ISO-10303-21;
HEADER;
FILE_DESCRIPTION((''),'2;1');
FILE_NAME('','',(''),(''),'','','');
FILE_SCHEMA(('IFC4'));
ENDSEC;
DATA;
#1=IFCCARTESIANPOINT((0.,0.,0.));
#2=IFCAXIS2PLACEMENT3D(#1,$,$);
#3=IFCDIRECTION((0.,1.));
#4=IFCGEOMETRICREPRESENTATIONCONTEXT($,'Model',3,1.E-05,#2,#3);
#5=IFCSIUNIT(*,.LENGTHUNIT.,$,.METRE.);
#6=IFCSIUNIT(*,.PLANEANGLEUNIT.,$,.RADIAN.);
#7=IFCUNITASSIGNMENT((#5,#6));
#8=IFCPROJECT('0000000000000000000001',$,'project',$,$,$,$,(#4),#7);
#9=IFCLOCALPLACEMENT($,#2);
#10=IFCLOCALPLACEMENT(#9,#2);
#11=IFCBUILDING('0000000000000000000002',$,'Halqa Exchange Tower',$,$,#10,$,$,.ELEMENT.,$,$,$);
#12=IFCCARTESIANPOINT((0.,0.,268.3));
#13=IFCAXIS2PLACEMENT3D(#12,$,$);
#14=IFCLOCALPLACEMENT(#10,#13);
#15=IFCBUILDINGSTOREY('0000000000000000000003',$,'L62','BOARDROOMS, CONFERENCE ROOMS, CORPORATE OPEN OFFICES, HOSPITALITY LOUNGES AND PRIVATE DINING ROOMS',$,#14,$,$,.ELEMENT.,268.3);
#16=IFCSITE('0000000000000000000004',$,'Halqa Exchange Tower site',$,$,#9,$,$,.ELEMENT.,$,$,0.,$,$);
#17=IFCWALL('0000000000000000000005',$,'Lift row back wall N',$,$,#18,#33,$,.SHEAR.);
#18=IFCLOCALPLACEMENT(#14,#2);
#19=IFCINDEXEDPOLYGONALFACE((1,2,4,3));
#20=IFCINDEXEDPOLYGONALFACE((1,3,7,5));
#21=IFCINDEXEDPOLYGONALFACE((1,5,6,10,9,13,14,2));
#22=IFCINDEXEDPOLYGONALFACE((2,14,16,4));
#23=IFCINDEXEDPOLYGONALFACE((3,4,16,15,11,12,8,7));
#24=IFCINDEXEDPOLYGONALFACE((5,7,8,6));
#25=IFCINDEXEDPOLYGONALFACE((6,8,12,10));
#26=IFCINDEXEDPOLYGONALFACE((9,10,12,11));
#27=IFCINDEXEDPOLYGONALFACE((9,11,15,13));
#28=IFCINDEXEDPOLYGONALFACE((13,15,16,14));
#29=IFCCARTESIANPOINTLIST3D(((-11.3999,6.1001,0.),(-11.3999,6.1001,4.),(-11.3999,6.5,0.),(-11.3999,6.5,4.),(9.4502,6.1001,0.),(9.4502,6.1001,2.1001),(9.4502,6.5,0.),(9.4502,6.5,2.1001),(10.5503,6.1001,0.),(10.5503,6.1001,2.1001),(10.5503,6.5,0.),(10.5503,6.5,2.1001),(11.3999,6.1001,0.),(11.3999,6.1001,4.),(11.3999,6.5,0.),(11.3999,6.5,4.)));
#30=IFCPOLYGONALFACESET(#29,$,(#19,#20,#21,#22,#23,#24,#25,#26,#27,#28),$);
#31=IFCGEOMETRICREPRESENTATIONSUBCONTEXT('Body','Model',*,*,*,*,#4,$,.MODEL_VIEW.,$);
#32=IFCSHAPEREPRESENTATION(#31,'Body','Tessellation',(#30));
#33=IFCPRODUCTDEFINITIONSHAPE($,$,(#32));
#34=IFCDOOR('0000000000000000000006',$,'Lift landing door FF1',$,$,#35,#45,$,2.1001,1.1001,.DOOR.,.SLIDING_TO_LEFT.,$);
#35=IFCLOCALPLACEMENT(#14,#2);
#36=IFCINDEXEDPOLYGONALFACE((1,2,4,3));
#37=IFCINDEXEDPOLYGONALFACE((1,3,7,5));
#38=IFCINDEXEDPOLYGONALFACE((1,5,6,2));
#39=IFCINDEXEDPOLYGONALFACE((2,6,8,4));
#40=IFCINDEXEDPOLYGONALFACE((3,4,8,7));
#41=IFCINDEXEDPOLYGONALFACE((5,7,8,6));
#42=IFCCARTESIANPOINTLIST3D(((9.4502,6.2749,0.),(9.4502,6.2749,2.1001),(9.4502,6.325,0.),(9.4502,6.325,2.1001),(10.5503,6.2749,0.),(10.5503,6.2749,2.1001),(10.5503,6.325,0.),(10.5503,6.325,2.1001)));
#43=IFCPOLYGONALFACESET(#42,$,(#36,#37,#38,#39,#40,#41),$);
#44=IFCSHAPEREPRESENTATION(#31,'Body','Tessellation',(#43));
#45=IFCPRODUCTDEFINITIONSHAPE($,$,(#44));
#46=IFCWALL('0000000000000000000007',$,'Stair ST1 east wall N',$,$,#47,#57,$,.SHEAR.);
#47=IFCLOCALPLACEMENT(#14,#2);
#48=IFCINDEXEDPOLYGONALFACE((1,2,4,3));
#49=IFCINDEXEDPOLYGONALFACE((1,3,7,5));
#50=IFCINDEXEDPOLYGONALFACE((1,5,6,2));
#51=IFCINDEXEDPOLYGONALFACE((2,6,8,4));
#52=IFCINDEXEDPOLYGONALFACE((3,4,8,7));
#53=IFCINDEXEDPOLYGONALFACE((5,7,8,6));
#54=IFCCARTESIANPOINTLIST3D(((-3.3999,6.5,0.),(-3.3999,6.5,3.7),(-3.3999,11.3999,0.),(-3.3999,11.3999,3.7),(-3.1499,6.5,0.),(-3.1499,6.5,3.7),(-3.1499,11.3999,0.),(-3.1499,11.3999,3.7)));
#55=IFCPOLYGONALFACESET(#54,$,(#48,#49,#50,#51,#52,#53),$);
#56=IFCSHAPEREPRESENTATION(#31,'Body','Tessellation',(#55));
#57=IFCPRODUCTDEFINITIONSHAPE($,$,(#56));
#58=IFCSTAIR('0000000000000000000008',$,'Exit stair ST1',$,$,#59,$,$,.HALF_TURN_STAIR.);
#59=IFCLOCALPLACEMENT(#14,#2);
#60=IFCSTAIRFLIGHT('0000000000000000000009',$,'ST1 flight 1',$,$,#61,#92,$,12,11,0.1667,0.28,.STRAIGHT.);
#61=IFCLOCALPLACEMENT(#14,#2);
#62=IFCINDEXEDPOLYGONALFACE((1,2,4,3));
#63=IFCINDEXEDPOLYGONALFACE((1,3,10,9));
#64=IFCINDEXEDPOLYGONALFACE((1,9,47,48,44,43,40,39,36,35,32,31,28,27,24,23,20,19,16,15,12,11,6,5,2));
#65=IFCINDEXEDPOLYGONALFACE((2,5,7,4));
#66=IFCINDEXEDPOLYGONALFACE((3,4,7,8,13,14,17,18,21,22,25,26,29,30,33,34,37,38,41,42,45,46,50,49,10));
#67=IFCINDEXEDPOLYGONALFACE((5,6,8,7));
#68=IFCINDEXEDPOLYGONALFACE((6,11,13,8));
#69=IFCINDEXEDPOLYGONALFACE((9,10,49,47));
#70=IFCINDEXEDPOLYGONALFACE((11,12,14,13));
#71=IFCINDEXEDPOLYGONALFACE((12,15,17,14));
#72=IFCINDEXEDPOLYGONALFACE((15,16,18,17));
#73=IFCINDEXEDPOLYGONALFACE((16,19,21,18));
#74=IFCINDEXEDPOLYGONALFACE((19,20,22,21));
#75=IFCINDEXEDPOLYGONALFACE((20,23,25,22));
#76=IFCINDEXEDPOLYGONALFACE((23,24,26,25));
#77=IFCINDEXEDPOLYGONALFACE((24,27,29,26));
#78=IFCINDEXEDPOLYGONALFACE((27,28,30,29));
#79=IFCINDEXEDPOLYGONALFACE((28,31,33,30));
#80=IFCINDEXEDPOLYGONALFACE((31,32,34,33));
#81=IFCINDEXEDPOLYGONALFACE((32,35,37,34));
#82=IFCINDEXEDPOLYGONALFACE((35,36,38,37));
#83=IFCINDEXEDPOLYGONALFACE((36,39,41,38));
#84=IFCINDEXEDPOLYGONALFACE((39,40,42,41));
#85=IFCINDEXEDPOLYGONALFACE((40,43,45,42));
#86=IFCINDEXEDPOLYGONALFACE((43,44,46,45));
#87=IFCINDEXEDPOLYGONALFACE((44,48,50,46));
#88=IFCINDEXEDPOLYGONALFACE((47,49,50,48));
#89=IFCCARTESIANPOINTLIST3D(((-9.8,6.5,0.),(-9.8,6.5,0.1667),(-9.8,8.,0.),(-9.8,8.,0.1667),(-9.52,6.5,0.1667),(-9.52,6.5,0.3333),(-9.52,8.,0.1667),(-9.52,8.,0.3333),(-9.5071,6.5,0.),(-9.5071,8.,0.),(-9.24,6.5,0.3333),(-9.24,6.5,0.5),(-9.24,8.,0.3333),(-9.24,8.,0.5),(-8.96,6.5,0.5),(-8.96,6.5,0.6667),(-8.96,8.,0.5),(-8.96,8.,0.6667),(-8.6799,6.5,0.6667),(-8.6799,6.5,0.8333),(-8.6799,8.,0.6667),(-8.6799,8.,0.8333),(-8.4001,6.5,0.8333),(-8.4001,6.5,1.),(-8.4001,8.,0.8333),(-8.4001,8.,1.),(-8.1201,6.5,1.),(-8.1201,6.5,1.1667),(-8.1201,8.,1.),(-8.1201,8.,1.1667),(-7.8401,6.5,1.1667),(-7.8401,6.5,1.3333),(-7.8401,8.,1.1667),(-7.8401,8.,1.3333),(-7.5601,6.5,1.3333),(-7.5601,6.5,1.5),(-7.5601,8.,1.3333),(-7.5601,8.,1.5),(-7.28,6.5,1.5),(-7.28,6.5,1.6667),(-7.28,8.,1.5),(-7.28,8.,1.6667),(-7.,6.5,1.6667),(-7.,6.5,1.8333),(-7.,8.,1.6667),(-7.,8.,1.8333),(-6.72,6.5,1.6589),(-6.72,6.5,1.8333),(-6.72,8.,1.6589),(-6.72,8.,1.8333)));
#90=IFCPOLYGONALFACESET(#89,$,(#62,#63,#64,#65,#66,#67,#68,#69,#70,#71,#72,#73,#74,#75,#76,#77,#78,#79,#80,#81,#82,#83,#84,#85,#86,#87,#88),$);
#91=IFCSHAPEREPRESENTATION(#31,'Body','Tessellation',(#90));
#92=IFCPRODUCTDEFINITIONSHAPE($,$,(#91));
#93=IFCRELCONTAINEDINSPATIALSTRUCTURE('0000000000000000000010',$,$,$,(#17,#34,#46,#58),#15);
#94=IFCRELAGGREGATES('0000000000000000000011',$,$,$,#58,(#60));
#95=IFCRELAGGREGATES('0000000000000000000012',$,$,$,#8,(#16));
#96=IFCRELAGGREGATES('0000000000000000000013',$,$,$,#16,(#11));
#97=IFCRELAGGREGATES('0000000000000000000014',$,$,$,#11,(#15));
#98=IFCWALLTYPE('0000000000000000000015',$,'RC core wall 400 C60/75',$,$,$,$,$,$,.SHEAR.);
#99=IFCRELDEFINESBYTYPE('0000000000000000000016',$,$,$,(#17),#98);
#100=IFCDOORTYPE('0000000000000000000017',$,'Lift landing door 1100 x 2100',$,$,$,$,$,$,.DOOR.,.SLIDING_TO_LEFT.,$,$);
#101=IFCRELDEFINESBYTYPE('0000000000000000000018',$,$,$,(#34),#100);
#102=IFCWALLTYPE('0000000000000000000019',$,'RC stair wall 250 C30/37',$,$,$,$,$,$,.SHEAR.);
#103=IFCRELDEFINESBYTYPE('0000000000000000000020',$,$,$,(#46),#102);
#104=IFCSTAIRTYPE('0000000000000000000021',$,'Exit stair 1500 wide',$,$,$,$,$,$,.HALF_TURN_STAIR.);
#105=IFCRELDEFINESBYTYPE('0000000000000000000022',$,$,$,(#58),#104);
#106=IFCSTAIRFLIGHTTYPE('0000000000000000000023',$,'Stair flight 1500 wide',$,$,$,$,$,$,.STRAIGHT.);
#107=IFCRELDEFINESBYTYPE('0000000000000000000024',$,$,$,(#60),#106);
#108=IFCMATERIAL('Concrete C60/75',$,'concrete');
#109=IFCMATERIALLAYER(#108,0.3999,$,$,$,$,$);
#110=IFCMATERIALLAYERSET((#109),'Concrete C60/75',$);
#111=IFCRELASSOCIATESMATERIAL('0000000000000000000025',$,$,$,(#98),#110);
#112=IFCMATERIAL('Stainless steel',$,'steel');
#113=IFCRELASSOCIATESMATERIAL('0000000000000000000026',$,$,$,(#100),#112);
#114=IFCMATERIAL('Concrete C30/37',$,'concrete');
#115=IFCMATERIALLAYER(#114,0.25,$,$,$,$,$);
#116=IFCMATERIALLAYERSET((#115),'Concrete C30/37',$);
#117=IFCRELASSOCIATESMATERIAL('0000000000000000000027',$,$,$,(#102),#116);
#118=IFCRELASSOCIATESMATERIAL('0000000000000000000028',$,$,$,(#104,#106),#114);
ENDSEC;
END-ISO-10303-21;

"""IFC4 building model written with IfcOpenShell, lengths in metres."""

from ifc_helpers import new_model, si_unit, direction, frame, frame_2d, origin, place, context, subcontext, project, spatial, polyline, rectangle, outline, extrude, material, layer, layer_set, type_object, element, fill, aggregate, save


model = new_model("IFC4")

# Units and contexts
model_context = context("Model", 3, precision=1e-05, world=origin(), true_north=direction((0.0, 1.0)))
body_context = subcontext(model_context, "Body", "Model", "MODEL_VIEW")
ifc_project = project(units=[si_unit("LENGTHUNIT", "METRE"), si_unit("PLANEANGLEUNIT", "RADIAN")], contexts=[model_context])

# Site, building, storey
site_placement = place(None, origin())
site = spatial("IfcSite", under=ifc_project, at=site_placement, Name="Halqa Exchange Tower site", CompositionType="ELEMENT", RefElevation=0.0)
building_placement = place(site_placement, origin())
building = spatial("IfcBuilding", under=site, at=building_placement, Name="Halqa Exchange Tower", CompositionType="ELEMENT")
storey_placement = place(building_placement, frame((0.0, 0.0, 268.3)))
storey = spatial("IfcBuildingStorey", under=building, at=storey_placement, Name="L62", Description="BOARDROOMS, CONFERENCE ROOMS, CORPORATE OPEN OFFICES, HOSPITALITY LOUNGES AND PRIVATE DINING ROOMS", CompositionType="ELEMENT", Elevation=268.3)

# Shared definitions
ifc_material_1 = material(Name="Concrete C60/75", Category="concrete")

# Shared definitions
ifc_layer_1 = layer(ifc_material_1, 0.3999)
ifc_layer_set_1 = layer_set([ifc_layer_1], Name="Concrete C60/75")
wall_type_1 = type_object("IfcWallType", Name="RC core wall 400 C60/75", PredefinedType="SHEAR", material=ifc_layer_set_1)
ifc_material_2 = material(Name="Stainless steel", Category="steel")
door_type_1 = type_object("IfcDoorType", Name="Lift landing door 1100 x 2100", OperationType="SLIDING_TO_LEFT", PredefinedType="DOOR", material=ifc_material_2)

# Wall, opening, door
wall_1_placement = place(storey_placement, frame((-11.3999, 6.3, 0.0), z_axis=(0.0, 0.0, 1.0), x_axis=(1.0, 0.0, 0.0)))
wall_1 = element("IfcWall", 1, at=wall_1_placement, inside=storey, type_object=wall_type_1, Name="Lift row back wall N", PredefinedType="SHEAR", context=body_context, shape_type="SweptSolid", body=[
    extrude(rectangle(XDim=22.7998, YDim=0.3999, at=frame_2d((11.3999, 0.0))), origin(), (0.0, 0.0, 1.0), 4.0),
])
opening_1_placement = place(wall_1_placement, frame((20.8501, 0.0, 0.0)))
opening_1 = element("IfcOpeningElement", 2, at=opening_1_placement, cuts=wall_1, PredefinedType="OPENING", context=body_context, shape_type="SweptSolid", body=[
    extrude(rectangle(XDim=1.1001, YDim=2.1001, at=frame_2d((0.55, 1.05))), frame((0.0, 0.2119, 0.0), z_axis=(0.0, -1.0, 0.0), x_axis=(1.0, 0.0, 0.0)), (0.0, 0.0, 1.0), 0.4238),
])
door_1_placement = place(opening_1_placement, origin())
door_1 = element("IfcDoor", 3, at=door_1_placement, inside=storey, type_object=door_type_1, Name="Lift landing door FF1", OperationType="SLIDING_TO_LEFT", OverallHeight=2.1001, OverallWidth=1.1001, PredefinedType="DOOR", context=body_context, shape_type="SweptSolid", body=[
    extrude(rectangle(XDim=1.1001, YDim=2.1001, at=frame_2d((0.55, 1.05))), frame((0.0, 0.0249, 0.0), z_axis=(0.0, -1.0, 0.0), x_axis=(1.0, 0.0, 0.0)), (0.0, 0.0, 1.0), 0.05),
])
fill(opening_1, door_1)

# Wall
ifc_material_3 = material(Name="Concrete C30/37", Category="concrete")
ifc_layer_2 = layer(ifc_material_3, 0.25)
ifc_layer_set_2 = layer_set([ifc_layer_2], Name="Concrete C30/37")
wall_type_2 = type_object("IfcWallType", Name="RC stair wall 250 C30/37", PredefinedType="SHEAR", material=ifc_layer_set_2)
wall_2_placement = place(storey_placement, frame((-3.2749, 6.5, 0.0), z_axis=(0.0, 0.0, 1.0), x_axis=(0.0, 1.0, 0.0)))
element("IfcWall", 4, at=wall_2_placement, inside=storey, type_object=wall_type_2, Name="Stair ST1 east wall N", PredefinedType="SHEAR", context=body_context, shape_type="SweptSolid", body=[
    extrude(rectangle(XDim=4.8999, YDim=0.25, at=frame_2d((2.45, 0.0))), origin(), (0.0, 0.0, 1.0), 3.7),
])

# Stair, stair flight
stair_type = type_object("IfcStairType", Name="Exit stair 1500 wide", PredefinedType="HALF_TURN_STAIR", material=ifc_material_3)
stair_placement = place(storey_placement, origin())
stair = element("IfcStair", 5, at=stair_placement, inside=storey, type_object=stair_type, Name="Exit stair ST1", PredefinedType="HALF_TURN_STAIR")
stair_flight_type = type_object("IfcStairFlightType", Name="Stair flight 1500 wide", PredefinedType="STRAIGHT", material=ifc_material_3)
stair_flight_placement = place(storey_placement, frame((-9.8, 7.25, 0.0), z_axis=(0.0, 0.0, 1.0), x_axis=(1.0, 0.0, 0.0)))
stair_flight = element("IfcStairFlight", 6, at=stair_flight_placement, type_object=stair_flight_type, Name="ST1 flight 1", NumberOfRisers=12, NumberOfTreads=11, PredefinedType="STRAIGHT", RiserHeight=0.1667, TreadLength=0.28, context=body_context, shape_type="SweptSolid", body=[
    extrude(outline(polyline([(0.0, 0.0), (0.0, 0.1667), (0.28, 0.1667), (0.28, 0.3333), (0.5601, 0.3333), (0.5601, 0.5), (0.8401, 0.5), (0.8401, 0.6667), (1.1201, 0.6667), (1.1201, 0.8333), (1.3999, 0.8333), (1.3999, 1.0), (1.6799, 1.0), (1.6799, 1.1667), (1.96, 1.1667), (1.96, 1.3333), (2.24, 1.3333), (2.24, 1.5), (2.52, 1.5), (2.52, 1.6667), (2.8, 1.6667), (2.8, 1.8333), (3.0801, 1.8333), (3.0801, 2.0), (3.0801, 1.6589), (0.293, 0.0), (0.0, 0.0)])), frame((0.0, 0.75, 0.0), z_axis=(0.0, -1.0, 0.0), x_axis=(1.0, 0.0, 0.0)), (0.0, 0.0, 1.0), 1.5),
])
aggregate(stair, [stair_flight])

save(model, "model.ifc")
